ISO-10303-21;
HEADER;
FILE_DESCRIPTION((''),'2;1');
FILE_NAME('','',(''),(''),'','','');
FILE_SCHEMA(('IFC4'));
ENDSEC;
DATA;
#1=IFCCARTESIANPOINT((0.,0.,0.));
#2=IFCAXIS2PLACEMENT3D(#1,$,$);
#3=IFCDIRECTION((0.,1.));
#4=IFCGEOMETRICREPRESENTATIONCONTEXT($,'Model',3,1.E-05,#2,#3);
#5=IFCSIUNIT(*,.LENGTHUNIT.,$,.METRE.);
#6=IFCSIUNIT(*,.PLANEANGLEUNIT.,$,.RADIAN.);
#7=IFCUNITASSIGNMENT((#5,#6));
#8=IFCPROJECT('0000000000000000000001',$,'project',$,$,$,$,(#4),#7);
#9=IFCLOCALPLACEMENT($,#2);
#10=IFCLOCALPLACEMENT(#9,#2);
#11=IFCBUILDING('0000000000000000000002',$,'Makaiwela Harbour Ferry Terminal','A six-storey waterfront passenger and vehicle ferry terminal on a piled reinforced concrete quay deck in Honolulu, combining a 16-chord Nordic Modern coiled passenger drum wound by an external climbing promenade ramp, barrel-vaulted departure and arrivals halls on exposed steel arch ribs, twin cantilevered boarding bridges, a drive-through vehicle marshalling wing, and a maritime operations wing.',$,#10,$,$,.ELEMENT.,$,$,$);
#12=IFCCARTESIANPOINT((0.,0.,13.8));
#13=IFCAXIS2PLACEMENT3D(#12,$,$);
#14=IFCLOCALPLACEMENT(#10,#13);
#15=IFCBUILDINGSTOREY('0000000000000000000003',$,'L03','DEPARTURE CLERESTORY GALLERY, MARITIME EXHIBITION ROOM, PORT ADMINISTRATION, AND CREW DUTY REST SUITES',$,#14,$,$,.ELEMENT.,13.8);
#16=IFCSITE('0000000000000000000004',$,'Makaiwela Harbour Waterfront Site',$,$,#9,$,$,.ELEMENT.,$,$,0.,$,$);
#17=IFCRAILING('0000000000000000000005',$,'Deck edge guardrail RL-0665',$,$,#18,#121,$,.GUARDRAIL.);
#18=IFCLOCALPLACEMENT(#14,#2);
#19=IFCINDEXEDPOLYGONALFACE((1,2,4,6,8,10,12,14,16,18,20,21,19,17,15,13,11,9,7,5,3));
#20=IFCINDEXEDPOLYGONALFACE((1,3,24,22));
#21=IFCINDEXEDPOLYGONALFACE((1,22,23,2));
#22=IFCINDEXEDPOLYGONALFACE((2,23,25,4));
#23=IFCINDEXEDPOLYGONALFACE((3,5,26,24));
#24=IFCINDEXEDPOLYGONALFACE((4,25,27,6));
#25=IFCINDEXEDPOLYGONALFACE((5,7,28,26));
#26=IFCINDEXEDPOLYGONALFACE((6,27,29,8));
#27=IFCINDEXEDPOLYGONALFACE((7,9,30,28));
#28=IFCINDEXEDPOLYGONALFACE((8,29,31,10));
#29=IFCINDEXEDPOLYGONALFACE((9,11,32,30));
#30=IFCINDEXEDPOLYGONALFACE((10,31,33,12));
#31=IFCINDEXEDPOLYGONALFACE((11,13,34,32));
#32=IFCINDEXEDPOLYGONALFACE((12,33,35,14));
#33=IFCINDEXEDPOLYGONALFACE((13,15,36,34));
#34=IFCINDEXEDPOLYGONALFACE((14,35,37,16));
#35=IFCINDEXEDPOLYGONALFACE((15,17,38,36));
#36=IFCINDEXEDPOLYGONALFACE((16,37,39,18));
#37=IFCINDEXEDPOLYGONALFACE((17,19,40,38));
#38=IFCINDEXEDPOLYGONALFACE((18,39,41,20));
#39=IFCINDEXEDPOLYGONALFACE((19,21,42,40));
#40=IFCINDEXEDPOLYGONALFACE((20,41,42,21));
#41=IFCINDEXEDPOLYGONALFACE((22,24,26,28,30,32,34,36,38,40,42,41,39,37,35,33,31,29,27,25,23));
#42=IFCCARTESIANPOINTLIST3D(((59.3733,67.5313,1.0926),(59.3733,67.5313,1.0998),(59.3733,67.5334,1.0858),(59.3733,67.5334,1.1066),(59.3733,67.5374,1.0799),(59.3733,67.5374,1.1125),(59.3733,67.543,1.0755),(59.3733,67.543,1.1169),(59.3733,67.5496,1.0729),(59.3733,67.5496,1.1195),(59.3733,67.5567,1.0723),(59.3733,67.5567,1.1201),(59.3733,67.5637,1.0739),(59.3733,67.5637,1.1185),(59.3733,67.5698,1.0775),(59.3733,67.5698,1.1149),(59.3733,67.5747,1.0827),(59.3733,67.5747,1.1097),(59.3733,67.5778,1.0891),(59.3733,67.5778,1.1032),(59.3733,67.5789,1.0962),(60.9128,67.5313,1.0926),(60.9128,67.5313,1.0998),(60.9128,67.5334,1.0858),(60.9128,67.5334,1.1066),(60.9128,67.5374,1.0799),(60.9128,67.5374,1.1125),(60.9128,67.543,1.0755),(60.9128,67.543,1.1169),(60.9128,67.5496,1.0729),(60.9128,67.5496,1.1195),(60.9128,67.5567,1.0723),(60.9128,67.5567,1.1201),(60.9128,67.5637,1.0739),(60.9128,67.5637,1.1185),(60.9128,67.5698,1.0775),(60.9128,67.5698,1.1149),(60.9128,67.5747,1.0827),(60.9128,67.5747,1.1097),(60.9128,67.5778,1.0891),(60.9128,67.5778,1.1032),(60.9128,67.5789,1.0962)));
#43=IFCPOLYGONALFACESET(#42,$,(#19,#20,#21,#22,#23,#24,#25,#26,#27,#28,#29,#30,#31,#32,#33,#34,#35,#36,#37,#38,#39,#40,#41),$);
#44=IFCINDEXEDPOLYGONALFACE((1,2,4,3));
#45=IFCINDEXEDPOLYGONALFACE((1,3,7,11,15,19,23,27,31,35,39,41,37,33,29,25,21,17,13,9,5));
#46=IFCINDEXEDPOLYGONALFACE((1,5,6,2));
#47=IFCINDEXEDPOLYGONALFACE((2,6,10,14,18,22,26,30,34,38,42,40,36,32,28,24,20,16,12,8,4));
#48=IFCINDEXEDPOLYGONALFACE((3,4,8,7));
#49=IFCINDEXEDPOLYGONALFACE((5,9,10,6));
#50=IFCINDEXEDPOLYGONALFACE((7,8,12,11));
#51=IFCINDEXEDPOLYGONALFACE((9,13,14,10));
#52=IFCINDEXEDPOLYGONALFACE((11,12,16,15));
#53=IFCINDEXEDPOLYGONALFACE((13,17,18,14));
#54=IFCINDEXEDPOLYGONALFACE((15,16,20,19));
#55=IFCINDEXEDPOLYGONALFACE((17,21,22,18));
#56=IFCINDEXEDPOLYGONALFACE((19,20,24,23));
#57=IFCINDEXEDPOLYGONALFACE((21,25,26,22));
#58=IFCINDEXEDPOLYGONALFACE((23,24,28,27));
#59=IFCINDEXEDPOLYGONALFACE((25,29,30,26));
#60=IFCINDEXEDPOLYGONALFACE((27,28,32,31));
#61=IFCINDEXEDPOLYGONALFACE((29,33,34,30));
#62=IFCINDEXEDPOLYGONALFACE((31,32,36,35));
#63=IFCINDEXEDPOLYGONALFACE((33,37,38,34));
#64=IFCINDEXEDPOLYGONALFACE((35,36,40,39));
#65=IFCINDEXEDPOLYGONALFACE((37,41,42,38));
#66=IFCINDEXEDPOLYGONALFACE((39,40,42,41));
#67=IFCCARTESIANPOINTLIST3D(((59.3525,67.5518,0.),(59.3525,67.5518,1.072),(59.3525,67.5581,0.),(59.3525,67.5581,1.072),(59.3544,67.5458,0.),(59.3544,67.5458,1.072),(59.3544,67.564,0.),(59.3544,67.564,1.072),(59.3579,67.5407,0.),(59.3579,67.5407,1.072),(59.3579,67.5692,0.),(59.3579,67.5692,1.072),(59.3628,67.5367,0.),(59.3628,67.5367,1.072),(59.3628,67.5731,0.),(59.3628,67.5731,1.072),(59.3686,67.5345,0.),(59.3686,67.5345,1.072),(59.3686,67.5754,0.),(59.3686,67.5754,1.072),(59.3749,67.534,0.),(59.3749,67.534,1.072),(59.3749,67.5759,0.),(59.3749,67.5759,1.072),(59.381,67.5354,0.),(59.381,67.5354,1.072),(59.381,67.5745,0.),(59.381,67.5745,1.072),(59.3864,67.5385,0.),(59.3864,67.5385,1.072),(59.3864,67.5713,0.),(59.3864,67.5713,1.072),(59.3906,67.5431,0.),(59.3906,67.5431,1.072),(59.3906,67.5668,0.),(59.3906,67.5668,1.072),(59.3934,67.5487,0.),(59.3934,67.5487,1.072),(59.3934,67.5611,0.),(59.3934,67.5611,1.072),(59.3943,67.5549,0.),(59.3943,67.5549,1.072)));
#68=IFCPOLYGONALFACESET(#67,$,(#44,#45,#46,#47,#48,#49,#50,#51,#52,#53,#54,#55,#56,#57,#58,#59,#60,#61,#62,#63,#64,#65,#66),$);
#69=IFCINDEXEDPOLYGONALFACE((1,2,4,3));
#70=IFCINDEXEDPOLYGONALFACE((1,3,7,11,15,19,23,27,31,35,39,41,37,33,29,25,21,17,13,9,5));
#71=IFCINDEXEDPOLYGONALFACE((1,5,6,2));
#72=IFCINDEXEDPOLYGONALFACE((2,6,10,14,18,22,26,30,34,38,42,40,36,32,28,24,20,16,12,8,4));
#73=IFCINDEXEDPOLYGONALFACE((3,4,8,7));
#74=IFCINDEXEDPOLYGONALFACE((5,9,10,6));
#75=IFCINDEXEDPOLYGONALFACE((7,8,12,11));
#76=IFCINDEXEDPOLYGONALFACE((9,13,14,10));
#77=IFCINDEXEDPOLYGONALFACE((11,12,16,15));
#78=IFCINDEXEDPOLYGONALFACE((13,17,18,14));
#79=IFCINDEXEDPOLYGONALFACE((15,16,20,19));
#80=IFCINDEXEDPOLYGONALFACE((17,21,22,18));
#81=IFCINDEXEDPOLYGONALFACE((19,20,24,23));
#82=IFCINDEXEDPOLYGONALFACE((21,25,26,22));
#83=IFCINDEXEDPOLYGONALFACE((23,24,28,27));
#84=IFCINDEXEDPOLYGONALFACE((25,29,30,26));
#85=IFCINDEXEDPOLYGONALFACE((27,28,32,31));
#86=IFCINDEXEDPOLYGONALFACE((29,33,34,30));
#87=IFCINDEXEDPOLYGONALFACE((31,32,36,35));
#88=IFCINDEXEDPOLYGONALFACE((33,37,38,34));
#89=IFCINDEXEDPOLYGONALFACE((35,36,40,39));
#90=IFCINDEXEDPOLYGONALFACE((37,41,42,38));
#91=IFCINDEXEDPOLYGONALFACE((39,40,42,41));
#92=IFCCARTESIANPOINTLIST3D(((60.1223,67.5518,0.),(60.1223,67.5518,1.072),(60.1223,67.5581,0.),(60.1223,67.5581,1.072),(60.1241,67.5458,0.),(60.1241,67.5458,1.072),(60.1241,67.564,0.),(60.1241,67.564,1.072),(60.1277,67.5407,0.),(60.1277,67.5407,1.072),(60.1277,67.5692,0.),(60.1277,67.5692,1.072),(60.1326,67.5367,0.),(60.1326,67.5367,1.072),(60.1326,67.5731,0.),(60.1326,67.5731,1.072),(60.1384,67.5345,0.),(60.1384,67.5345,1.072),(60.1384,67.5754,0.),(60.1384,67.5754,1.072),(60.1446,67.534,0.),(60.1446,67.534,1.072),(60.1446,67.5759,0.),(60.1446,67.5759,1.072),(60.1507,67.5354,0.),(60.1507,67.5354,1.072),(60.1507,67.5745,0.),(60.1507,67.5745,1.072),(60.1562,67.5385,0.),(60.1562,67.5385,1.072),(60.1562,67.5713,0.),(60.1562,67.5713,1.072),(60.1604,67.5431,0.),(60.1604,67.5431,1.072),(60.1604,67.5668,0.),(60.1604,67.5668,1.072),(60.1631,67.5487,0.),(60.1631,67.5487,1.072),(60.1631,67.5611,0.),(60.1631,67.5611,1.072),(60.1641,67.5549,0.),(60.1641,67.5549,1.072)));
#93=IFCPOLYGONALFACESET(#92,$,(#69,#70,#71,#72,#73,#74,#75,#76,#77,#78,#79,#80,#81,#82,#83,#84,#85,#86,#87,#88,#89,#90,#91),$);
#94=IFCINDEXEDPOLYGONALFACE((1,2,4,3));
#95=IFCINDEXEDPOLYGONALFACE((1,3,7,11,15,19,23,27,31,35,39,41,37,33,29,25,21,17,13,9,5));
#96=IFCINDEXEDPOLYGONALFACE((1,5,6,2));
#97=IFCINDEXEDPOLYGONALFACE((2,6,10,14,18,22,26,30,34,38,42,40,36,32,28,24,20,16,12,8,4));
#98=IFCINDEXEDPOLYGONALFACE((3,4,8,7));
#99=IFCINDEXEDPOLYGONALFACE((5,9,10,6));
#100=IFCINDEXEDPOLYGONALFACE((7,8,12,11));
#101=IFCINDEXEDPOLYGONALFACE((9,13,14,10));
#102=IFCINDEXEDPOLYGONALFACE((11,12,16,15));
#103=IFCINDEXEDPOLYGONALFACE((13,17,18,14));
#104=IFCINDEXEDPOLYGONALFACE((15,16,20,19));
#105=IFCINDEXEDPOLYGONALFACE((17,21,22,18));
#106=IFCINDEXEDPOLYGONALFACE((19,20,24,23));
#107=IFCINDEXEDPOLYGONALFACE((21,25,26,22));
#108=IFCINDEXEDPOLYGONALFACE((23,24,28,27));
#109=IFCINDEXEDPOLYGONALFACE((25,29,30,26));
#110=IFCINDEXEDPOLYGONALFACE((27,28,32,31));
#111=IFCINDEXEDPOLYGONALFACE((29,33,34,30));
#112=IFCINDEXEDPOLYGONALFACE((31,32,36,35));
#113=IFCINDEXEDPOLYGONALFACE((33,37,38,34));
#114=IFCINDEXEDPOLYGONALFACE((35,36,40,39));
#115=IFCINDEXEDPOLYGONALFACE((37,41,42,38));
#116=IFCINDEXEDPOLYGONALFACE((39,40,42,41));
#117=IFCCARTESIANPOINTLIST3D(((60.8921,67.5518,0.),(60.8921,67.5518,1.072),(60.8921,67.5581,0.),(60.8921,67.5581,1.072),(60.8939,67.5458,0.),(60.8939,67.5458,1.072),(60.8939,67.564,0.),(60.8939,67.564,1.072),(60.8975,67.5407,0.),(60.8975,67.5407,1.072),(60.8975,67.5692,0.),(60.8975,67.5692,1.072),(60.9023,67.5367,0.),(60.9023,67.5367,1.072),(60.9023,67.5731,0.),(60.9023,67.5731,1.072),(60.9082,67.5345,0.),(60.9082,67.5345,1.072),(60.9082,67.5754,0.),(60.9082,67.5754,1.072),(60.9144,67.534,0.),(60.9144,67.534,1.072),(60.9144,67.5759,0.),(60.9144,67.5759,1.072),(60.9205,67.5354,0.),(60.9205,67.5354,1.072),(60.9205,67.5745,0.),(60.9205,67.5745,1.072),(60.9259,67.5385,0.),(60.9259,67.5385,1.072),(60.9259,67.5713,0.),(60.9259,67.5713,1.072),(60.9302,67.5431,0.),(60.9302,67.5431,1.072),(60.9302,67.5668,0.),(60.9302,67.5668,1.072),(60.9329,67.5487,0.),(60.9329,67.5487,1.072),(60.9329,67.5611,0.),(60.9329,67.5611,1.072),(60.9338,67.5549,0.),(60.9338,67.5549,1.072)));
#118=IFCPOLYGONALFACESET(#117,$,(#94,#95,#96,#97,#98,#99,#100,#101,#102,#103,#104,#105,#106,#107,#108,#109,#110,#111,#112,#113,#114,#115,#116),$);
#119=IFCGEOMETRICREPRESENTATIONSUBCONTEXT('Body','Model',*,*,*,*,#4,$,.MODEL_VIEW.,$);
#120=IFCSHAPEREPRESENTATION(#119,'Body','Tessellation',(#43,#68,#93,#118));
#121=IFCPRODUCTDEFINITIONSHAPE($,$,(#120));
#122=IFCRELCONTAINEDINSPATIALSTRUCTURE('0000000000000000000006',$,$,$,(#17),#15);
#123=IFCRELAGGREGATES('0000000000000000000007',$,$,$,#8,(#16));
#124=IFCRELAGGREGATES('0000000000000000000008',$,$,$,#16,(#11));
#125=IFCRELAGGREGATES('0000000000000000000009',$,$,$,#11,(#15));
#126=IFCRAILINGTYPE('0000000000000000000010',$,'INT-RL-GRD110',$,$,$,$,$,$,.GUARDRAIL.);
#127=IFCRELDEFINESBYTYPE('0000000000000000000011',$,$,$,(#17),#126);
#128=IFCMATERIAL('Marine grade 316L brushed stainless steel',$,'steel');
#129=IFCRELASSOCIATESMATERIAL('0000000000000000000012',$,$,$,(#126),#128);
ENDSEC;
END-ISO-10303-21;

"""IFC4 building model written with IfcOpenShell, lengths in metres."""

from ifc_helpers import new_model, si_unit, direction, frame, origin, origin_2d, place, context, subcontext, project, spatial, circle, extrude, material, type_object, element, save


model = new_model("IFC4")

# Units and contexts
model_context = context("Model", 3, precision=1e-05, world=origin(), true_north=direction((0.0, 1.0)))
body_context = subcontext(model_context, "Body", "Model", "MODEL_VIEW")
ifc_project = project(units=[si_unit("LENGTHUNIT", "METRE"), si_unit("PLANEANGLEUNIT", "RADIAN")], contexts=[model_context])

# Site, building, storey
site_placement = place(None, origin())
site = spatial("IfcSite", under=ifc_project, at=site_placement, Name="Makaiwela Harbour Waterfront Site", CompositionType="ELEMENT", RefElevation=0.0)
building_placement = place(site_placement, origin())
building = spatial("IfcBuilding", under=site, at=building_placement, Name="Makaiwela Harbour Ferry Terminal", Description="A six-storey waterfront passenger and vehicle ferry terminal on a piled reinforced concrete quay deck in Honolulu, combining a 16-chord Nordic Modern coiled passenger drum wound by an external climbing promenade ramp, barrel-vaulted departure and arrivals halls on exposed steel arch ribs, twin cantilevered boarding bridges, a drive-through vehicle marshalling wing, and a maritime operations wing.", CompositionType="ELEMENT")
storey_placement = place(building_placement, frame((0.0, 0.0, 13.8)))
storey = spatial("IfcBuildingStorey", under=building, at=storey_placement, Name="L03", Description="DEPARTURE CLERESTORY GALLERY, MARITIME EXHIBITION ROOM, PORT ADMINISTRATION, AND CREW DUTY REST SUITES", CompositionType="ELEMENT", Elevation=13.8)

# Railing
ifc_material_1 = material(Name="Marine grade 316L brushed stainless steel", Category="steel")
railing_type = type_object("IfcRailingType", Name="INT-RL-GRD110", PredefinedType="GUARDRAIL", material=ifc_material_1)
railing_1_placement = place(storey_placement, frame((59.3733, 67.5549, 0.0)))
element("IfcRailing", 1, at=railing_1_placement, inside=storey, type_object=railing_type, Name="Deck edge guardrail RL-0665", PredefinedType="GUARDRAIL", context=body_context, shape_type="SweptSolid", body=[
    extrude(circle(Radius=0.0239, at=origin_2d()), frame((0.0, 0.0, 1.0962), z_axis=(1.0, 0.0, 0.0), x_axis=(0.0, 1.0, 0.0)), (0.0, 0.0, 1.0), 1.5396),
    extrude(circle(Radius=0.021, at=origin_2d()), origin(), (0.0, 0.0, 1.0), 1.072),
    extrude(circle(Radius=0.021, at=origin_2d()), frame((0.7698, 0.0, 0.0)), (0.0, 0.0, 1.0), 1.072),
    extrude(circle(Radius=0.021, at=origin_2d()), frame((1.5396, 0.0, 0.0)), (0.0, 0.0, 1.0), 1.072),
])

save(model, "model.ifc")
